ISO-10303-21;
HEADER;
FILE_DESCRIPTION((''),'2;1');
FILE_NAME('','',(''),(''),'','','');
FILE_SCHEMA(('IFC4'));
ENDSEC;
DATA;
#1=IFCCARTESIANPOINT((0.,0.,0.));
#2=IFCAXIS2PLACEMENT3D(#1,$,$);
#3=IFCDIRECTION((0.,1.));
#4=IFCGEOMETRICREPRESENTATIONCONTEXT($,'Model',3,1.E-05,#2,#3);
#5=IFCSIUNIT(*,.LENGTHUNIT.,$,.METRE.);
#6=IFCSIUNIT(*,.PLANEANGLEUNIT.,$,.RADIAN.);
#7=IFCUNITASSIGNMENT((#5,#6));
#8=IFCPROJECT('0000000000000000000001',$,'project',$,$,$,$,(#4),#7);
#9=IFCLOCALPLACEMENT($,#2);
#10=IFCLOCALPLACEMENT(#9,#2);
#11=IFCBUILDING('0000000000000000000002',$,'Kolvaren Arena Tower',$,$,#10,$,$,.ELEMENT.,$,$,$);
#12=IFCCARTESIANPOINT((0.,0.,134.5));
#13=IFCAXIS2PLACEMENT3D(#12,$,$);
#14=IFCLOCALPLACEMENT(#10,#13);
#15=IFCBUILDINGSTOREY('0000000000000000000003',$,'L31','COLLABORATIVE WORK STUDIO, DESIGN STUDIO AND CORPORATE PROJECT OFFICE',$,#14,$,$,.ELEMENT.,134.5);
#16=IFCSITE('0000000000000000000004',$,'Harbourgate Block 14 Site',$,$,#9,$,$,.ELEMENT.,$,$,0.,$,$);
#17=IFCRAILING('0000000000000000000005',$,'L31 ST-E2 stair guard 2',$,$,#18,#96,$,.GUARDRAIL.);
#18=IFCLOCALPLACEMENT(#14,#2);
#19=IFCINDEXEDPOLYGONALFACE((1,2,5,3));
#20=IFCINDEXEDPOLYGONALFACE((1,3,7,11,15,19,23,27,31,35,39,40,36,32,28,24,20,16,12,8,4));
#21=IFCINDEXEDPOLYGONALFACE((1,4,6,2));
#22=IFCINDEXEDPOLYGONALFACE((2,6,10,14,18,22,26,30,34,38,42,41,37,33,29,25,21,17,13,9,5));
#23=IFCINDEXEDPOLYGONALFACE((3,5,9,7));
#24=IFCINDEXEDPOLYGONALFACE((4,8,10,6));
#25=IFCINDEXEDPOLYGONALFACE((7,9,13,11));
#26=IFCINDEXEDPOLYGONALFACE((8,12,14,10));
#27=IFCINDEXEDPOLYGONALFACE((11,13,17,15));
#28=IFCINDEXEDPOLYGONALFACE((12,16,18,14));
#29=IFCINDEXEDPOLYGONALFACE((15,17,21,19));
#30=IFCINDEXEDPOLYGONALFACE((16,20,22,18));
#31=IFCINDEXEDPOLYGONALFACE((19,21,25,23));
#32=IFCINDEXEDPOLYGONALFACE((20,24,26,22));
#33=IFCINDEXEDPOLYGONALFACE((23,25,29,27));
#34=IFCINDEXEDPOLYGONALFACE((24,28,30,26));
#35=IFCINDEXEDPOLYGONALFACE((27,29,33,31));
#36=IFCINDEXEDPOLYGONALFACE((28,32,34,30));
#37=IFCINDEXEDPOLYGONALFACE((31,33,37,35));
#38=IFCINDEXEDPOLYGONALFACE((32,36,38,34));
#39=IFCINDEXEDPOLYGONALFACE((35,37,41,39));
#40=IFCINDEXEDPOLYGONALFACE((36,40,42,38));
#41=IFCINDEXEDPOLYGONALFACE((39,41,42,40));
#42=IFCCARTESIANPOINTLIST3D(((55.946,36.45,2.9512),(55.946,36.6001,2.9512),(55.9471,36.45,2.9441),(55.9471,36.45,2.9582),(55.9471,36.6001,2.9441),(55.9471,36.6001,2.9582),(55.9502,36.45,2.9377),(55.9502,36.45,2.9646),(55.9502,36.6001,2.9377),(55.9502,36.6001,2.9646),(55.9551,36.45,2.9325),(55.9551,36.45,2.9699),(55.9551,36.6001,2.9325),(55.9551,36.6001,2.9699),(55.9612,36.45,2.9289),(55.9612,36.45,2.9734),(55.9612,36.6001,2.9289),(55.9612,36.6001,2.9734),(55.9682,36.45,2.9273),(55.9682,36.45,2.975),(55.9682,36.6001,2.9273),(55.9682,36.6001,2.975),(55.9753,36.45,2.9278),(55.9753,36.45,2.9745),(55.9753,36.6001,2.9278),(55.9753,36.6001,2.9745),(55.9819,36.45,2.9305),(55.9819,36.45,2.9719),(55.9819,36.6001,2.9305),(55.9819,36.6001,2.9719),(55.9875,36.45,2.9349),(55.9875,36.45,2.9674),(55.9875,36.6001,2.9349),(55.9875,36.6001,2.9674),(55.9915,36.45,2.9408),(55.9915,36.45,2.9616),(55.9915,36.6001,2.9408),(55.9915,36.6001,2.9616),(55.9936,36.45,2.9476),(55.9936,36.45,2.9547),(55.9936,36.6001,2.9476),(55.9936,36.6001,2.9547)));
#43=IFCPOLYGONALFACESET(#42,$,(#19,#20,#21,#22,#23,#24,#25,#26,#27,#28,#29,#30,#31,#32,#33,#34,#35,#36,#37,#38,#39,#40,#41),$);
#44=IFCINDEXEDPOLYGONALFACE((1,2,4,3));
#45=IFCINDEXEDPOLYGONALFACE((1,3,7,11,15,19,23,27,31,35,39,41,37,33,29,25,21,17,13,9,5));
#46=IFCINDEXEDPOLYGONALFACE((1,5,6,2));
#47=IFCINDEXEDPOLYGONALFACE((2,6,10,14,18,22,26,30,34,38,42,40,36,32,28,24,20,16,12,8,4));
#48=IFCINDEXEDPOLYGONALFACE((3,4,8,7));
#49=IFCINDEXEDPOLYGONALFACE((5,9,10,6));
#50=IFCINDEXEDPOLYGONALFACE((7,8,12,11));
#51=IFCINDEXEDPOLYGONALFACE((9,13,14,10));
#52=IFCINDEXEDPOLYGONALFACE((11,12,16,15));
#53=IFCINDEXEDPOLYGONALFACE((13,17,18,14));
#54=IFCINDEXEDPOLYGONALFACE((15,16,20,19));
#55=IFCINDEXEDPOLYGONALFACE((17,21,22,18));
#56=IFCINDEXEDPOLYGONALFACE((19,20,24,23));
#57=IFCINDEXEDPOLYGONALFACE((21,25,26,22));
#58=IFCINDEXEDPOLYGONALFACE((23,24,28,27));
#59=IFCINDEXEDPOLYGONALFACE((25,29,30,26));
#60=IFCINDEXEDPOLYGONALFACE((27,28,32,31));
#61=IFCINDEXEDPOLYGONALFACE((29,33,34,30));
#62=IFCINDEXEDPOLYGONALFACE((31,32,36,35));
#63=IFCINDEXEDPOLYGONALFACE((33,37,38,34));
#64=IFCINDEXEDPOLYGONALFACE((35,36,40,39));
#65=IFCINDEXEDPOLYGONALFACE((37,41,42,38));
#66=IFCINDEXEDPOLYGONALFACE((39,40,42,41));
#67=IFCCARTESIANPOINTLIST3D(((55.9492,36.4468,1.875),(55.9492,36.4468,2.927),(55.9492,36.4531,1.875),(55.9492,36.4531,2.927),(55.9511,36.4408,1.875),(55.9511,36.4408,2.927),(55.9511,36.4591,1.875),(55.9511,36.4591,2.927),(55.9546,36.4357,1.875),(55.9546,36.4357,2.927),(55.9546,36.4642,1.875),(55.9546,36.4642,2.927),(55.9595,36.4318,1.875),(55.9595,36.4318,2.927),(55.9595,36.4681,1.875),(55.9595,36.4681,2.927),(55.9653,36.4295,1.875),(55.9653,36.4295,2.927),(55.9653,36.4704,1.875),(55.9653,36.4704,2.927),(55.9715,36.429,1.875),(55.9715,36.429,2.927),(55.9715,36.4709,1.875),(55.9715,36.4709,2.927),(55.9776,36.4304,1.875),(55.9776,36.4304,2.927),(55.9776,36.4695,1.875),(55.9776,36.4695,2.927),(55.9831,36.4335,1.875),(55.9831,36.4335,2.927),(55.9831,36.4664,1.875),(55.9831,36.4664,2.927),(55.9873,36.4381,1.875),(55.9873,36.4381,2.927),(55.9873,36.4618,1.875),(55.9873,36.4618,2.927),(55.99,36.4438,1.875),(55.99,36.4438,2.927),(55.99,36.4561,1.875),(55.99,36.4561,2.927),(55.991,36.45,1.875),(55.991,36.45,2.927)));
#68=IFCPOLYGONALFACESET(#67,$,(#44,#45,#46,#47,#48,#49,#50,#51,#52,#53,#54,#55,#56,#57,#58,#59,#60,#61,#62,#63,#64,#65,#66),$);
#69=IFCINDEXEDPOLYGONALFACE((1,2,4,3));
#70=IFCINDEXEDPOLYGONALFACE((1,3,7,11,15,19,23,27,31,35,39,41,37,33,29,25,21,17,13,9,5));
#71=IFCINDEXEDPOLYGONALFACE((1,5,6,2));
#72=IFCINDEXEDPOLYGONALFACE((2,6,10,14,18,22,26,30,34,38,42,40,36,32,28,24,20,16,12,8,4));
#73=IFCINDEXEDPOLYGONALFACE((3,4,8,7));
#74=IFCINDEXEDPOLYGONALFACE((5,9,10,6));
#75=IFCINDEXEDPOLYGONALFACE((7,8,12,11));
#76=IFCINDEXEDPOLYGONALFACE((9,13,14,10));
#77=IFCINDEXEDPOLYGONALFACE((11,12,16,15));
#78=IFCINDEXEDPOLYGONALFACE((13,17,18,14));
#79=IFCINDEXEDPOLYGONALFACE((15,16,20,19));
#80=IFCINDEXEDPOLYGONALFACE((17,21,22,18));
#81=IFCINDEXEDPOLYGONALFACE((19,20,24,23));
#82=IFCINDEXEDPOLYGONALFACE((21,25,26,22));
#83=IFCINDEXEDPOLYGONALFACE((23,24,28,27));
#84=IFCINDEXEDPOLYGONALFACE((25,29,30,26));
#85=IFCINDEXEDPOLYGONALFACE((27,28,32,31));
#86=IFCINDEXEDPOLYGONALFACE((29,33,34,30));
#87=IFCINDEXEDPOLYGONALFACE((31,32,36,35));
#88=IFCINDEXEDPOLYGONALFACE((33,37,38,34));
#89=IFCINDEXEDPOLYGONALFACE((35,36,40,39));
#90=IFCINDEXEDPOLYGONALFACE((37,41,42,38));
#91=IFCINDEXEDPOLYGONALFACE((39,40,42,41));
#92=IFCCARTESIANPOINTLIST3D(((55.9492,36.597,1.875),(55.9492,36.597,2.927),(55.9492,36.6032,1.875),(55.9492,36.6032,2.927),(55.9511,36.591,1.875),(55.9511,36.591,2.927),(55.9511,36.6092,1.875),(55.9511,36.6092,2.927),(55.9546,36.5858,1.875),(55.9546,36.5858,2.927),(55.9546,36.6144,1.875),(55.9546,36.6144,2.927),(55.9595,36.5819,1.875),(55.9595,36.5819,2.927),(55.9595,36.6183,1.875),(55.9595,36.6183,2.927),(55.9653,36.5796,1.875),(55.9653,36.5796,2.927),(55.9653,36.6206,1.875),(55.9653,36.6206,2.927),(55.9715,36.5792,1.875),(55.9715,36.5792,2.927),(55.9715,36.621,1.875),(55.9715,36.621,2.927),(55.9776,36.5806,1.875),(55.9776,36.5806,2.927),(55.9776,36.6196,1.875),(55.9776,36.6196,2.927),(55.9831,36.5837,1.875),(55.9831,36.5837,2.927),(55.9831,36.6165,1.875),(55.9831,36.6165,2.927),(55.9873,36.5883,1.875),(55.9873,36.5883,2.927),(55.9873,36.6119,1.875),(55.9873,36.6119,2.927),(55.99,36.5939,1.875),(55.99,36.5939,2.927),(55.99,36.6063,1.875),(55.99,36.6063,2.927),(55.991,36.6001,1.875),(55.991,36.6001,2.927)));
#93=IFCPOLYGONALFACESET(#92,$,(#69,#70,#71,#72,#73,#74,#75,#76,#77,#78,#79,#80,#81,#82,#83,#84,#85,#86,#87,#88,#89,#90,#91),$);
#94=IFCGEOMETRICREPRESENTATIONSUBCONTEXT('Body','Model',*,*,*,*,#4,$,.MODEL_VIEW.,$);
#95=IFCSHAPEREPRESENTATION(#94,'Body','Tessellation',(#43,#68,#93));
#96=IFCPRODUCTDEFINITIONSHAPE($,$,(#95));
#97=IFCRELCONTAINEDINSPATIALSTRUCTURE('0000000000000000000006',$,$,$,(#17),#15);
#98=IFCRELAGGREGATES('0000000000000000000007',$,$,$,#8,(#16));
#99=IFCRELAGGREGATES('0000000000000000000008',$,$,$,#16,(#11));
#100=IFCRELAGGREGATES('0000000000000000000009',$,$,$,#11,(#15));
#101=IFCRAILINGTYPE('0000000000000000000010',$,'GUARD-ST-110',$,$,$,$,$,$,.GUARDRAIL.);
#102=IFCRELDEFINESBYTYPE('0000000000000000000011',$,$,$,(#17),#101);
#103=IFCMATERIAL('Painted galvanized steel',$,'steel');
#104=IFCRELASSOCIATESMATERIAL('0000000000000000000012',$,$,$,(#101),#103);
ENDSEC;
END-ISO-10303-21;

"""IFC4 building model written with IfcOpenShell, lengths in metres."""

from ifc_helpers import new_model, si_unit, direction, frame, origin, origin_2d, place, context, subcontext, project, spatial, circle, extrude, material, type_object, element, save


model = new_model("IFC4")

# Units and contexts
model_context = context("Model", 3, precision=1e-05, world=origin(), true_north=direction((0.0, 1.0)))
body_context = subcontext(model_context, "Body", "Model", "MODEL_VIEW")
ifc_project = project(units=[si_unit("LENGTHUNIT", "METRE"), si_unit("PLANEANGLEUNIT", "RADIAN")], contexts=[model_context])

# Site, building, storey
site_placement = place(None, origin())
site = spatial("IfcSite", under=ifc_project, at=site_placement, Name="Harbourgate Block 14 Site", CompositionType="ELEMENT", RefElevation=0.0)
building_placement = place(site_placement, origin())
building = spatial("IfcBuilding", under=site, at=building_placement, Name="Kolvaren Arena Tower", CompositionType="ELEMENT")
storey_placement = place(building_placement, frame((0.0, 0.0, 134.5)))
storey = spatial("IfcBuildingStorey", under=building, at=storey_placement, Name="L31", Description="COLLABORATIVE WORK STUDIO, DESIGN STUDIO AND CORPORATE PROJECT OFFICE", CompositionType="ELEMENT", Elevation=134.5)

# Railing
ifc_material_1 = material(Name="Painted galvanized steel", Category="steel")
railing_type_1 = type_object("IfcRailingType", Name="GUARD-ST-110", PredefinedType="GUARDRAIL", material=ifc_material_1)
railing_1_placement = place(storey_placement, frame((55.97, 36.45, 1.875)))
element("IfcRailing", 1, at=railing_1_placement, inside=storey, type_object=railing_type_1, Name="L31 ST-E2 stair guard 2", PredefinedType="GUARDRAIL", context=body_context, shape_type="SweptSolid", body=[
    extrude(circle(Radius=0.0239, at=origin_2d()), frame((0.0, 0.0, 1.0762), z_axis=(0.0, 1.0, 0.0), x_axis=(-1.0, 0.0, 0.0)), (0.0, 0.0, 1.0), 0.1501),
    extrude(circle(Radius=0.021, at=origin_2d()), origin(), (0.0, 0.0, 1.0), 1.052),
    extrude(circle(Radius=0.021, at=origin_2d()), frame((0.0, 0.1501, 0.0)), (0.0, 0.0, 1.0), 1.052),
])

save(model, "model.ifc")
